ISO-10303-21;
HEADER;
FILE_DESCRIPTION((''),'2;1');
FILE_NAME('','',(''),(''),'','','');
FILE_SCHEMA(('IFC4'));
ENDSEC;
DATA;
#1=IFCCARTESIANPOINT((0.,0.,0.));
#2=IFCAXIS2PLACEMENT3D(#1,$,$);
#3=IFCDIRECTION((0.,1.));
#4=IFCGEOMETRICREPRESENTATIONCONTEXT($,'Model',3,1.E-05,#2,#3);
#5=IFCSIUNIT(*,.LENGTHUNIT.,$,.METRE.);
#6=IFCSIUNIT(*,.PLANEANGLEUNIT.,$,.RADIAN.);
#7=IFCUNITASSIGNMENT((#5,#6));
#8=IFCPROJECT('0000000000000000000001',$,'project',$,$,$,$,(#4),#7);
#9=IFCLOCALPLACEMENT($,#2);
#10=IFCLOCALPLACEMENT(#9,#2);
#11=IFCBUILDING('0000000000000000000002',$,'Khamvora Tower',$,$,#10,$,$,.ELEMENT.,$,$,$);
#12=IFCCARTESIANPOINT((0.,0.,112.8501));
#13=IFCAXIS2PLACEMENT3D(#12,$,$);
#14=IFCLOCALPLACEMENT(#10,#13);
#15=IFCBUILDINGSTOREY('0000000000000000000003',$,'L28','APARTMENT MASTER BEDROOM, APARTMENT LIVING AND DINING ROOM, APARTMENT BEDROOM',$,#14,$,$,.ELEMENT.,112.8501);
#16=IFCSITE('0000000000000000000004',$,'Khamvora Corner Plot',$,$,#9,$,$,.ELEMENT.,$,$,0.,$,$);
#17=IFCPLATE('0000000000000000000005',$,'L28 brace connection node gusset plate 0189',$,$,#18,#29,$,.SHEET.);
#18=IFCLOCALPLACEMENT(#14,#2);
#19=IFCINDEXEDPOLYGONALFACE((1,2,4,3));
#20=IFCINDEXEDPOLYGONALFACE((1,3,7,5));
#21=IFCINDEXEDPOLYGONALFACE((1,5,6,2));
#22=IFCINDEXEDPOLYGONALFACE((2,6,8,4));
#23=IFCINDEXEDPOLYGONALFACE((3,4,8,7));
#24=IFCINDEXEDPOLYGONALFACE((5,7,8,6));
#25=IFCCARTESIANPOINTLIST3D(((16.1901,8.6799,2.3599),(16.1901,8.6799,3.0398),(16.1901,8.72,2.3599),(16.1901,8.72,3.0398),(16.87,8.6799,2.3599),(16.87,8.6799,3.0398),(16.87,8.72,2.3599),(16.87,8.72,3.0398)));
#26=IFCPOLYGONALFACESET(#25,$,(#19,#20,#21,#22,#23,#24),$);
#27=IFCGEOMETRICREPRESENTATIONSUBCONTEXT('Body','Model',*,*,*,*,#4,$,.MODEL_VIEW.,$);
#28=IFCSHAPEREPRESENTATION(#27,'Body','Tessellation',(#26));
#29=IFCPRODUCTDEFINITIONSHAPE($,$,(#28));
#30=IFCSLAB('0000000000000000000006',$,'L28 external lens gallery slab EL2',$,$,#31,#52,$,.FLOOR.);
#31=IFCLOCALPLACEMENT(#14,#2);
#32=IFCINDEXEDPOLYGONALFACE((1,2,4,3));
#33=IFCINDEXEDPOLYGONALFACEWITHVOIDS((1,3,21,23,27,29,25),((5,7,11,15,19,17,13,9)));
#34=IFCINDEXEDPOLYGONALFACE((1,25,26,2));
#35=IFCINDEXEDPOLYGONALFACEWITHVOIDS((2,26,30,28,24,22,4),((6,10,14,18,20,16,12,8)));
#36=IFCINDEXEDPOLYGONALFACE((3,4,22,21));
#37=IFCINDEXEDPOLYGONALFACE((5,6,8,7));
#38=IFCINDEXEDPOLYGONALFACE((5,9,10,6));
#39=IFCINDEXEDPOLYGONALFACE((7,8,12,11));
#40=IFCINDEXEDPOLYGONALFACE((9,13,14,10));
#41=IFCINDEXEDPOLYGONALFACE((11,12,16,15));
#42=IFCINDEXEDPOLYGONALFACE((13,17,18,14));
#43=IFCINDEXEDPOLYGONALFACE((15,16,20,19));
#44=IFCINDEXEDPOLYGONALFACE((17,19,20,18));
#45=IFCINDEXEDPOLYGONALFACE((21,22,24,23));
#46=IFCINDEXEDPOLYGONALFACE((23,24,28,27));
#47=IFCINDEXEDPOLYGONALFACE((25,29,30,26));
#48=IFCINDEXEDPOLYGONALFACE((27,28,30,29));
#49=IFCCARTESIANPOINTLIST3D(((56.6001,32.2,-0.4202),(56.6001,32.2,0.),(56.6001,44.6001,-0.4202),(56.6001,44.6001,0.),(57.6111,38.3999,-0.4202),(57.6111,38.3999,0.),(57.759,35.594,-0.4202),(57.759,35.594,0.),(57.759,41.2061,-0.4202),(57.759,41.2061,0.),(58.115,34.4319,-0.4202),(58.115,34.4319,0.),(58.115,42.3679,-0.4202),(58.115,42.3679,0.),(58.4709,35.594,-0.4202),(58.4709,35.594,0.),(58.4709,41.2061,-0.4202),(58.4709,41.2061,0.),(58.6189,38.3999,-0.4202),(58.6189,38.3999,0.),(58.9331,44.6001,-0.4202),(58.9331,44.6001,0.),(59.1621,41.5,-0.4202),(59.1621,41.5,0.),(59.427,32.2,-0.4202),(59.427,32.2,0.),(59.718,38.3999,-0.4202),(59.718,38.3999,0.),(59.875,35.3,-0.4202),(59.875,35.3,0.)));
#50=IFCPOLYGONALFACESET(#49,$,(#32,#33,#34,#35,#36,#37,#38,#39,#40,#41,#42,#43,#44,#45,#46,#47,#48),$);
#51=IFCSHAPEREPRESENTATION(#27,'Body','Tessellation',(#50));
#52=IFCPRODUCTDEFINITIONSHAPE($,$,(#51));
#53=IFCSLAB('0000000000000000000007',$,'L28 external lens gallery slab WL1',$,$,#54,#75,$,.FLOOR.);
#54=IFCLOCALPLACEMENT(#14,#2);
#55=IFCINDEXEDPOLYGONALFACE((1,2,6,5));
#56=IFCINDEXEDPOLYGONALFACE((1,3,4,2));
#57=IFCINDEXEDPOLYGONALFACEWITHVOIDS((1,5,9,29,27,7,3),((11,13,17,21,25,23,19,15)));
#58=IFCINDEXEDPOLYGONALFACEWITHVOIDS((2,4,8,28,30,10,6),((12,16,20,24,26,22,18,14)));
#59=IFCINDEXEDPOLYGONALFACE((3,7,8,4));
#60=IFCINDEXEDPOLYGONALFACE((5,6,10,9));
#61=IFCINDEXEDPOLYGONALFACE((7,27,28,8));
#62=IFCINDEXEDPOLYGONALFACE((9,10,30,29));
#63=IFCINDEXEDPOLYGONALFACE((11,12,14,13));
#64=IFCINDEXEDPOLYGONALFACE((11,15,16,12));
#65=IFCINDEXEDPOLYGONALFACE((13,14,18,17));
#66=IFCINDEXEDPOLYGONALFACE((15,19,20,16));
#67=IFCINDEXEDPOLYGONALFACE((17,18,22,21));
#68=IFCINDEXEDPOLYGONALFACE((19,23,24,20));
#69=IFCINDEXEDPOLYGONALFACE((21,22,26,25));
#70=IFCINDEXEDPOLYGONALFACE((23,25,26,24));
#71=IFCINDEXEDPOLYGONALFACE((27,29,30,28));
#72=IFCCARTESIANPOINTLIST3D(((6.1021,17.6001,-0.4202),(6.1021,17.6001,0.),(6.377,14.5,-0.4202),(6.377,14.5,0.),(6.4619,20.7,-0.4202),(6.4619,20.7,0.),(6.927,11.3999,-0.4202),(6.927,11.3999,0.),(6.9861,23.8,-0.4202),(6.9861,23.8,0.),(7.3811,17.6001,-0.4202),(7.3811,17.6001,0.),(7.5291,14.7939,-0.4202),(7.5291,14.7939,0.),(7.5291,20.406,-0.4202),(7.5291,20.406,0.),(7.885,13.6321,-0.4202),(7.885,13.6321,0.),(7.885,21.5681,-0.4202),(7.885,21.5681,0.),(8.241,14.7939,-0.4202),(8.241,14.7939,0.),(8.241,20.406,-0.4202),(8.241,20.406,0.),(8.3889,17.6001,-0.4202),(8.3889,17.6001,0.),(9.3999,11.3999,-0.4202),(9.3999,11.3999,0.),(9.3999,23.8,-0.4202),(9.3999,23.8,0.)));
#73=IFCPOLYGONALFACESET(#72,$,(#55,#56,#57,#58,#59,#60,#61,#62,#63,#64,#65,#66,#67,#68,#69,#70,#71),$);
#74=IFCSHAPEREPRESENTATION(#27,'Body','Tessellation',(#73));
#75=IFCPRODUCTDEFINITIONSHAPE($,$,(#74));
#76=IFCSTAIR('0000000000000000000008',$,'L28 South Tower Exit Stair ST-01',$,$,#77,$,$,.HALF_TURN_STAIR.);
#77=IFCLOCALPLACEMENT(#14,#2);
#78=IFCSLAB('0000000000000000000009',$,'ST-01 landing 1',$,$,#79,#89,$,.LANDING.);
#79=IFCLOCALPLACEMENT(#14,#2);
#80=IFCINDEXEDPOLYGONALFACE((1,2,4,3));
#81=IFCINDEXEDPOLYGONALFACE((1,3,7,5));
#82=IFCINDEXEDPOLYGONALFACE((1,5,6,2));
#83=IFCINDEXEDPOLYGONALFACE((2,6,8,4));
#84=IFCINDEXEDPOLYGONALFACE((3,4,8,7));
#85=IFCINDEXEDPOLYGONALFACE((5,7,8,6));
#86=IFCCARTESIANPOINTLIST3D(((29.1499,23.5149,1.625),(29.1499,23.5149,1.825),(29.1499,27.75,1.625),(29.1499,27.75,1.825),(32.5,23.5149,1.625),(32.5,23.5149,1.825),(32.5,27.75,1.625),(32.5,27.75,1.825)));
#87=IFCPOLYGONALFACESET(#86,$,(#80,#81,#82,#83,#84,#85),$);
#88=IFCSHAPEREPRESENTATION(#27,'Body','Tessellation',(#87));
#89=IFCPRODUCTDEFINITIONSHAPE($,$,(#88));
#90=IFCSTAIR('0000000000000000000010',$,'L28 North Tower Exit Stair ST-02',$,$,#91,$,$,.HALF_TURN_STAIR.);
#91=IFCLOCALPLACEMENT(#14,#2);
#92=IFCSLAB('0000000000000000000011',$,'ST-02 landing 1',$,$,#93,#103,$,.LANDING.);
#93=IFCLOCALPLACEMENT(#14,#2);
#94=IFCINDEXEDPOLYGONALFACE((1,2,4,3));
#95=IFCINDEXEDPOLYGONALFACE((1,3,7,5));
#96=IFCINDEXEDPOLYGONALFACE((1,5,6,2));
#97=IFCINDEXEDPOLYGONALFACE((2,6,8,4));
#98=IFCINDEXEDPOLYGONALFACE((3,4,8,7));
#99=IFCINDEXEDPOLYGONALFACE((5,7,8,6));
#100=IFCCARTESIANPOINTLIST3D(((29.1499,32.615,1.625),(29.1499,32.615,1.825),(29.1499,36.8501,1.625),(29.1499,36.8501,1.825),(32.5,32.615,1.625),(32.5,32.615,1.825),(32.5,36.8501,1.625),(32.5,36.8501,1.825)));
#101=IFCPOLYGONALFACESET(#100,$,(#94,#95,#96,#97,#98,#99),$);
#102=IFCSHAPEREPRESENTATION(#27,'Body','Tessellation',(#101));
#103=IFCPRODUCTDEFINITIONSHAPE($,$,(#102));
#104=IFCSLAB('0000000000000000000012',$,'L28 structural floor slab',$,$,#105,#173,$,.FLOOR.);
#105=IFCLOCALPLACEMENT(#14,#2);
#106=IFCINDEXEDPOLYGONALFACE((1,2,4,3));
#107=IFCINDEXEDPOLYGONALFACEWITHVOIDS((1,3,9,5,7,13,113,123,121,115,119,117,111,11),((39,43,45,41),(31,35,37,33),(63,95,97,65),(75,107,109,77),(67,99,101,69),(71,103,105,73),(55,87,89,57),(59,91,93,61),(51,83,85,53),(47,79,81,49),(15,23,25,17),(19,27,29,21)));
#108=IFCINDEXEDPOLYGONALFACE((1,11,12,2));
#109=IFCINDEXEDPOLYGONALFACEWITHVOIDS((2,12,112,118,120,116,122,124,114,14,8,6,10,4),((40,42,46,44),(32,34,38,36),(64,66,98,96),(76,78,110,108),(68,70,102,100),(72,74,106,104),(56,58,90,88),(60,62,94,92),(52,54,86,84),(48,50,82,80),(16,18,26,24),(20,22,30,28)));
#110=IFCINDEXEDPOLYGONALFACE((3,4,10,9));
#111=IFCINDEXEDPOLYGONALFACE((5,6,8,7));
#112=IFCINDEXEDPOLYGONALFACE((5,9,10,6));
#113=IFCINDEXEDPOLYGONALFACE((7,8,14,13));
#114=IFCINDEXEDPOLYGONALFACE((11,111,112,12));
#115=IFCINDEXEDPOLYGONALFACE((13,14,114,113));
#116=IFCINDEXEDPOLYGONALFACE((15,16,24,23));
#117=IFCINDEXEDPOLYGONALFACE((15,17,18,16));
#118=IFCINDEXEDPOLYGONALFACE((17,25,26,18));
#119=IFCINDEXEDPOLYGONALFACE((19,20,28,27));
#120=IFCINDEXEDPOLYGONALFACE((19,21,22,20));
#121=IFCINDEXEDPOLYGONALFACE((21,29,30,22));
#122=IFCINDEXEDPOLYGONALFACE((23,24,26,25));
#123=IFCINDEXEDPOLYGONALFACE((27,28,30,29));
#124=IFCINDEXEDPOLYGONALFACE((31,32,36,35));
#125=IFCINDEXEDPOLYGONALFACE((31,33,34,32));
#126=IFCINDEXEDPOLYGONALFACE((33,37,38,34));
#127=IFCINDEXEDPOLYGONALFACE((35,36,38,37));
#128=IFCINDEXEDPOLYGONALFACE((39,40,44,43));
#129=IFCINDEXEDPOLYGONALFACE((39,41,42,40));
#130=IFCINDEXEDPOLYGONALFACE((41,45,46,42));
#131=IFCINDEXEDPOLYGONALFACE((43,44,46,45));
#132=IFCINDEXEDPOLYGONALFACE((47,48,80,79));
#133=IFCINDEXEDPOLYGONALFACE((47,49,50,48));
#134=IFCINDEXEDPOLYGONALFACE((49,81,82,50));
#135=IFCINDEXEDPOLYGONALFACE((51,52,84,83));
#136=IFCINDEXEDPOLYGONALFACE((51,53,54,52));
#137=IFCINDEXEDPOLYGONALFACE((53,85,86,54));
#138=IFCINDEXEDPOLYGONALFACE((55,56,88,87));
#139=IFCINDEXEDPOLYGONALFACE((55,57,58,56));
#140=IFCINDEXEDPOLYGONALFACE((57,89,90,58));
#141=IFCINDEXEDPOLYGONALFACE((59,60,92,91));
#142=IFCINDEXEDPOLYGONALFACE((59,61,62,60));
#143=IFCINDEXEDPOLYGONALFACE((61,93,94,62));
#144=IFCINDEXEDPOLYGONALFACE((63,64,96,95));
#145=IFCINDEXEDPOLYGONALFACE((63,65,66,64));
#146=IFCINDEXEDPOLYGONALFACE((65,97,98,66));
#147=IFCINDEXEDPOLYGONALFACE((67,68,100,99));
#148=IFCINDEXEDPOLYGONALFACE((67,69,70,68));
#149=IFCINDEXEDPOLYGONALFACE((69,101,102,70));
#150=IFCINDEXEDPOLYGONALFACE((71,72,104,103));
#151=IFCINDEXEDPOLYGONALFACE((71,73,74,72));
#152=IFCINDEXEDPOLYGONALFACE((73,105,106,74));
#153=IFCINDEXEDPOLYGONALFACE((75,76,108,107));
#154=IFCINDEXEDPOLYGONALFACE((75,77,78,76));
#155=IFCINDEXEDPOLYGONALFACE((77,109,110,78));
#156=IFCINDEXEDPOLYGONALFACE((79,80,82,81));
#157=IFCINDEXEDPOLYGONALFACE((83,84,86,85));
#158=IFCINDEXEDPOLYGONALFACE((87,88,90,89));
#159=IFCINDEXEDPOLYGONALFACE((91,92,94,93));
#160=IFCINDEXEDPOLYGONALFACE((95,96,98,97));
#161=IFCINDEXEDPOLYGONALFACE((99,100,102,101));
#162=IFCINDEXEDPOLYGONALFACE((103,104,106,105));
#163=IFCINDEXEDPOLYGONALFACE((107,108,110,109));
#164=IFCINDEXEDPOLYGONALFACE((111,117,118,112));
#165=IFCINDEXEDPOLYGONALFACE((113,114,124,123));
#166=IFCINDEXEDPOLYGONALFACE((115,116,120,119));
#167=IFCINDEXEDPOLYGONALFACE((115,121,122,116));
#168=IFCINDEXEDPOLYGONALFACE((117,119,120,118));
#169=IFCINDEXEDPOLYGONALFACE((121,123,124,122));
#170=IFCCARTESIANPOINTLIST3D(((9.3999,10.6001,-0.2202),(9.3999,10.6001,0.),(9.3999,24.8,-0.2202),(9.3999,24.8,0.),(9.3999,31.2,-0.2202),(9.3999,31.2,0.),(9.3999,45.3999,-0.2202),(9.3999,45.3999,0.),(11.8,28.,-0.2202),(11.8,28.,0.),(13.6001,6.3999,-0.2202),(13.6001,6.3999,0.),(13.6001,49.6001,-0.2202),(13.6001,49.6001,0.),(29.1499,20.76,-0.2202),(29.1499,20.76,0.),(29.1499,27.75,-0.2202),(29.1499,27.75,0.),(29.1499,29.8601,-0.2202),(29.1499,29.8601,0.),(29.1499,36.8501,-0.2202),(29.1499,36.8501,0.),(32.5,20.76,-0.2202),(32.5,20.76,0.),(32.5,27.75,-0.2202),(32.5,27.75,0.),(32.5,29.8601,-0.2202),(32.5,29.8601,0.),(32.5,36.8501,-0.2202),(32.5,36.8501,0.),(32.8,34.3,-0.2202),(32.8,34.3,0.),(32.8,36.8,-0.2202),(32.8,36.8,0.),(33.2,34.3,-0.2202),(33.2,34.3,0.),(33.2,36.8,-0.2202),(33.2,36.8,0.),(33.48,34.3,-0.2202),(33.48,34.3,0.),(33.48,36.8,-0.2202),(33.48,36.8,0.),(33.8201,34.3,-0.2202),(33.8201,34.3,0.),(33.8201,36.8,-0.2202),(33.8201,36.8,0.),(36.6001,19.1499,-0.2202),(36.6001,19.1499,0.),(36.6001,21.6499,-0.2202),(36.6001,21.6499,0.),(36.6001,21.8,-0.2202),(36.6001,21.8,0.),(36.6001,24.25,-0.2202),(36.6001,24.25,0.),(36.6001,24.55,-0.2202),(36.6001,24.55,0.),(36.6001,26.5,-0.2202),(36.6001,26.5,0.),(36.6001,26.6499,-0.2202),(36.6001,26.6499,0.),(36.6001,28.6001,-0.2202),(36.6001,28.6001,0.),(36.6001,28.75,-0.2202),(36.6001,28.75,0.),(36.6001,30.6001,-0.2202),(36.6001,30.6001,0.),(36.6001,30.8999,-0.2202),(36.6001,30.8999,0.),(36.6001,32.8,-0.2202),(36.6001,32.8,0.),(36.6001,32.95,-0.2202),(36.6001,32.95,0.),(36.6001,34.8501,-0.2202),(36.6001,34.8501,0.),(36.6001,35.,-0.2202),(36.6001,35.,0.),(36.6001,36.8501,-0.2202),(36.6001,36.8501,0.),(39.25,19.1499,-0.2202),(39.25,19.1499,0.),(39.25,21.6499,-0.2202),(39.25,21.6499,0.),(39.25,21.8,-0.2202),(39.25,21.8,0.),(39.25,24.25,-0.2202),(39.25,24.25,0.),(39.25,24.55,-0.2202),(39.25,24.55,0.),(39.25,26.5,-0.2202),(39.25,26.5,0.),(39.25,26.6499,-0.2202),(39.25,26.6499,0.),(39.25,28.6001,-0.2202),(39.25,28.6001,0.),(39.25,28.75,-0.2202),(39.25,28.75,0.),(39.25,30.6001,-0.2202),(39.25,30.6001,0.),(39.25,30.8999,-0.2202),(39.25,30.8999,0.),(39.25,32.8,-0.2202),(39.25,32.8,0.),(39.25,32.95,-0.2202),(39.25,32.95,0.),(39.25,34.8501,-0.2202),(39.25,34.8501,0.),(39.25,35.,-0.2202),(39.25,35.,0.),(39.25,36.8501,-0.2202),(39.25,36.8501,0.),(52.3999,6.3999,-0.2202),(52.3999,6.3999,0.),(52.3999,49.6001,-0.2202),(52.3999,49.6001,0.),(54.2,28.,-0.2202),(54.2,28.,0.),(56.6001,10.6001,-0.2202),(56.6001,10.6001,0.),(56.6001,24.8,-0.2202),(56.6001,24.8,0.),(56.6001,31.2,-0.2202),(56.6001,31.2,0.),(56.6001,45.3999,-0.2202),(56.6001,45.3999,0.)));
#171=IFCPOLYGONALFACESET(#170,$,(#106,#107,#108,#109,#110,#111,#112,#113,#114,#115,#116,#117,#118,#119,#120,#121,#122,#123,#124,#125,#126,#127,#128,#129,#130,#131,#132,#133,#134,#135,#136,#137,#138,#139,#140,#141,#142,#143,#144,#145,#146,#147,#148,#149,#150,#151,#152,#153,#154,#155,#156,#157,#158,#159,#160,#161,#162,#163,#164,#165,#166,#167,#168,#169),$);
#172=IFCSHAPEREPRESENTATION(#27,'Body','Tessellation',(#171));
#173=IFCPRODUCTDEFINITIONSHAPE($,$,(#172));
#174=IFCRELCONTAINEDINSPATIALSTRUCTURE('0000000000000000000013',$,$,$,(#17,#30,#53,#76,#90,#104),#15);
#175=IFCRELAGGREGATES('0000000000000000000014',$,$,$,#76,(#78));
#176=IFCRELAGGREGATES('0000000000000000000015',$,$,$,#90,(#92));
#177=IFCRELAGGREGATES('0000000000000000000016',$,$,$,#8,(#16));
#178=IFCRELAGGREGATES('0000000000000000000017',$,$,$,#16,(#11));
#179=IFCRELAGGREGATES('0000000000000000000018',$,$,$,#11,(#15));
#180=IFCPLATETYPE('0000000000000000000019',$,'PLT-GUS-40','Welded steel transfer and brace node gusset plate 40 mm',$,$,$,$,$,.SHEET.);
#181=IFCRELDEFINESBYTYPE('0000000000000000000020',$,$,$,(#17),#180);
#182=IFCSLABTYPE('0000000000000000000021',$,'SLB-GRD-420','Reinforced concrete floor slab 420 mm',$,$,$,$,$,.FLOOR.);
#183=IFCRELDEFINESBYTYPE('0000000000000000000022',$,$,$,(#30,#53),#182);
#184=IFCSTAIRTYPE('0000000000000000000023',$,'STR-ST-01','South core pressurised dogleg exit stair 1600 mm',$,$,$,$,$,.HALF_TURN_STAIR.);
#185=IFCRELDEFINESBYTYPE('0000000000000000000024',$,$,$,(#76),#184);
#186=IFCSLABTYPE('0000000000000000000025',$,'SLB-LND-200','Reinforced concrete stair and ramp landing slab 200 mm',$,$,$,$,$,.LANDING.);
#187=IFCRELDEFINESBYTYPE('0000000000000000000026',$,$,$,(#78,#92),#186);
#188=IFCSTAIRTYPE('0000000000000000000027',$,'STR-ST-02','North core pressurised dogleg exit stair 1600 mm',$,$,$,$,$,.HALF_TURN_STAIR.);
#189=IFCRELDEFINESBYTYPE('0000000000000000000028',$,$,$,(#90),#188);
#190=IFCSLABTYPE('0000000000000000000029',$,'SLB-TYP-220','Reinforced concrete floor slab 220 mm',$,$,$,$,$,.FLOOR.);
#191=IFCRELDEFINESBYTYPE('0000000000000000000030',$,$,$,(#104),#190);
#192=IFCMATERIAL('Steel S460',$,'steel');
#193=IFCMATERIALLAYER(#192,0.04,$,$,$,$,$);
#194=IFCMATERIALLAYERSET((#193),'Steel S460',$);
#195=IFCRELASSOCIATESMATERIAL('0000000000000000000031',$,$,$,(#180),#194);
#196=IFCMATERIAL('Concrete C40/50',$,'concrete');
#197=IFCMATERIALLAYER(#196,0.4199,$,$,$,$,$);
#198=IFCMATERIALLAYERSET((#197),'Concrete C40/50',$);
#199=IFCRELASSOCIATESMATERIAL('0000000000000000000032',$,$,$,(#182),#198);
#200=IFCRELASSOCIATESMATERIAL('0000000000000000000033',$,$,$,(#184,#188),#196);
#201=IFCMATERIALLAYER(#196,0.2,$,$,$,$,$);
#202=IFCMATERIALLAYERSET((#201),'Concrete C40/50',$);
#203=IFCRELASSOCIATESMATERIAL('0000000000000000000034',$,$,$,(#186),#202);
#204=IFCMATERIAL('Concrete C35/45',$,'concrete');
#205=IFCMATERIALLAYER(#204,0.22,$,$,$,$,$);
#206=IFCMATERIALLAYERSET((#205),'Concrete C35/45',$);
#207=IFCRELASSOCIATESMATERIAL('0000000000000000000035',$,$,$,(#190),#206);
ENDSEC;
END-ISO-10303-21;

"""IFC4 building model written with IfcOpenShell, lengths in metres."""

from ifc_helpers import new_model, si_unit, direction, frame, origin, origin_2d, place, context, subcontext, project, spatial, polyline, rectangle, outline, extrude, material, layer, layer_set, type_object, element, aggregate, save


model = new_model("IFC4")

# Units and contexts
model_context = context("Model", 3, precision=1e-05, world=origin(), true_north=direction((0.0, 1.0)))
body_context = subcontext(model_context, "Body", "Model", "MODEL_VIEW")
ifc_project = project(units=[si_unit("LENGTHUNIT", "METRE"), si_unit("PLANEANGLEUNIT", "RADIAN")], contexts=[model_context])

# Site, building, storey
site_placement = place(None, origin())
site = spatial("IfcSite", under=ifc_project, at=site_placement, Name="Khamvora Corner Plot", CompositionType="ELEMENT", RefElevation=0.0)
building_placement = place(site_placement, origin())
building = spatial("IfcBuilding", under=site, at=building_placement, Name="Khamvora Tower", CompositionType="ELEMENT")
storey_placement = place(building_placement, frame((0.0, 0.0, 112.8501)))
storey = spatial("IfcBuildingStorey", under=building, at=storey_placement, Name="L28", Description="APARTMENT MASTER BEDROOM, APARTMENT LIVING AND DINING ROOM, APARTMENT BEDROOM", CompositionType="ELEMENT", Elevation=112.8501)

# Plate
ifc_material_1 = material(Name="Steel S460", Category="steel")
ifc_layer_1 = layer(ifc_material_1, 0.04)
ifc_layer_set_1 = layer_set([ifc_layer_1], Name="Steel S460")
plate_type_1 = type_object("IfcPlateType", Name="PLT-GUS-40", Description="Welded steel transfer and brace node gusset plate 40 mm", PredefinedType="SHEET", material=ifc_layer_set_1)
plate_1_placement = place(storey_placement, frame((16.53, 8.7, 2.3599), z_axis=(0.0, 0.0, 1.0), x_axis=(1.0, 0.0, 0.0)))
element("IfcPlate", 1, at=plate_1_placement, inside=storey, type_object=plate_type_1, Name="L28 brace connection node gusset plate 0189", PredefinedType="SHEET", context=body_context, shape_type="SweptSolid", body=[
    extrude(rectangle(XDim=0.6799, YDim=0.04, at=origin_2d()), origin(), (0.0, 0.0, 1.0), 0.6799),
])

# Slabs
ifc_material_2 = material(Name="Concrete C40/50", Category="concrete")
ifc_layer_2 = layer(ifc_material_2, 0.4199)
ifc_layer_set_2 = layer_set([ifc_layer_2], Name="Concrete C40/50")
slab_type_1 = type_object("IfcSlabType", Name="SLB-GRD-420", Description="Reinforced concrete floor slab 420 mm", PredefinedType="FLOOR", material=ifc_layer_set_2)
slab_1_placement = place(storey_placement, frame((0.0, 0.0, -0.4202)))
element("IfcSlab", 2, at=slab_1_placement, inside=storey, type_object=slab_type_1, Name="L28 external lens gallery slab EL2", PredefinedType="FLOOR", context=body_context, shape_type="SweptSolid", body=[
    extrude(outline(polyline([(59.427, 32.2), (59.875, 35.3), (59.718, 38.3999), (59.1621, 41.5), (58.9331, 44.6001), (56.6001, 44.6001), (56.6001, 32.2), (59.427, 32.2)]), holes=[polyline([(58.6189, 38.3999), (58.4709, 41.2061), (58.115, 42.3679), (57.759, 41.2061), (57.6111, 38.3999), (57.759, 35.594), (58.115, 34.4319), (58.4709, 35.594), (58.6189, 38.3999)])]), origin(), (0.0, 0.0, 1.0), 0.4202),
])
slab_2_placement = place(storey_placement, frame((0.0, 0.0, -0.4202)))
element("IfcSlab", 3, at=slab_2_placement, inside=storey, type_object=slab_type_1, Name="L28 external lens gallery slab WL1", PredefinedType="FLOOR", context=body_context, shape_type="SweptSolid", body=[
    extrude(outline(polyline([(9.3999, 11.3999), (9.3999, 23.8), (6.9861, 23.8), (6.4619, 20.7), (6.1021, 17.6001), (6.377, 14.5), (6.927, 11.3999), (9.3999, 11.3999)]), holes=[polyline([(8.3889, 17.6001), (8.241, 20.406), (7.885, 21.5681), (7.5291, 20.406), (7.3811, 17.6001), (7.5291, 14.7939), (7.885, 13.6321), (8.241, 14.7939), (8.3889, 17.6001)])]), origin(), (0.0, 0.0, 1.0), 0.4202),
])

# Stairs, slabs
stair_type_1 = type_object("IfcStairType", Name="STR-ST-01", Description="South core pressurised dogleg exit stair 1600 mm", PredefinedType="HALF_TURN_STAIR", material=ifc_material_2)
stair_1_placement = place(storey_placement, origin())
stair_1 = element("IfcStair", 4, at=stair_1_placement, inside=storey, type_object=stair_type_1, Name="L28 South Tower Exit Stair ST-01", PredefinedType="HALF_TURN_STAIR")
ifc_layer_3 = layer(ifc_material_2, 0.2)
ifc_layer_set_3 = layer_set([ifc_layer_3], Name="Concrete C40/50")
slab_type_2 = type_object("IfcSlabType", Name="SLB-LND-200", Description="Reinforced concrete stair and ramp landing slab 200 mm", PredefinedType="LANDING", material=ifc_layer_set_3)
slab_3_placement = place(storey_placement, frame((0.0, 0.0, 1.625)))
slab_3 = element("IfcSlab", 5, at=slab_3_placement, type_object=slab_type_2, Name="ST-01 landing 1", PredefinedType="LANDING", context=body_context, shape_type="SweptSolid", body=[
    extrude(outline(polyline([(32.5, 23.5149), (32.5, 27.75), (29.1499, 27.75), (29.1499, 23.5149), (32.5, 23.5149)])), origin(), (0.0, 0.0, 1.0), 0.2),
])
aggregate(stair_1, [slab_3])
stair_type_2 = type_object("IfcStairType", Name="STR-ST-02", Description="North core pressurised dogleg exit stair 1600 mm", PredefinedType="HALF_TURN_STAIR", material=ifc_material_2)
stair_2_placement = place(storey_placement, origin())
stair_2 = element("IfcStair", 6, at=stair_2_placement, inside=storey, type_object=stair_type_2, Name="L28 North Tower Exit Stair ST-02", PredefinedType="HALF_TURN_STAIR")
slab_4_placement = place(storey_placement, frame((0.0, 0.0, 1.625)))
slab_4 = element("IfcSlab", 7, at=slab_4_placement, type_object=slab_type_2, Name="ST-02 landing 1", PredefinedType="LANDING", context=body_context, shape_type="SweptSolid", body=[
    extrude(outline(polyline([(32.5, 32.615), (32.5, 36.8501), (29.1499, 36.8501), (29.1499, 32.615), (32.5, 32.615)])), origin(), (0.0, 0.0, 1.0), 0.2),
])
aggregate(stair_2, [slab_4])

# Slab
ifc_material_3 = material(Name="Concrete C35/45", Category="concrete")
ifc_layer_4 = layer(ifc_material_3, 0.22)
ifc_layer_set_4 = layer_set([ifc_layer_4], Name="Concrete C35/45")
slab_type_3 = type_object("IfcSlabType", Name="SLB-TYP-220", Description="Reinforced concrete floor slab 220 mm", PredefinedType="FLOOR", material=ifc_layer_set_4)
slab_5_placement = place(storey_placement, frame((0.0, 0.0, -0.2202)))
element("IfcSlab", 8, at=slab_5_placement, inside=storey, type_object=slab_type_3, Name="L28 structural floor slab", PredefinedType="FLOOR", context=body_context, shape_type="SweptSolid", body=[
    extrude(outline(polyline([(13.6001, 6.3999), (52.3999, 6.3999), (56.6001, 10.6001), (56.6001, 24.8), (54.2, 28.0), (56.6001, 31.2), (56.6001, 45.3999), (52.3999, 49.6001), (13.6001, 49.6001), (9.3999, 45.3999), (9.3999, 31.2), (11.8, 28.0), (9.3999, 24.8), (9.3999, 10.6001), (13.6001, 6.3999)]), holes=[polyline([(32.5, 20.76), (32.5, 27.75), (29.1499, 27.75), (29.1499, 20.76), (32.5, 20.76)]), polyline([(32.5, 29.8601), (32.5, 36.8501), (29.1499, 36.8501), (29.1499, 29.8601), (32.5, 29.8601)]), polyline([(36.6001, 19.1499), (39.25, 19.1499), (39.25, 21.6499), (36.6001, 21.6499), (36.6001, 19.1499)]), polyline([(36.6001, 21.8), (39.25, 21.8), (39.25, 24.25), (36.6001, 24.25), (36.6001, 21.8)]), polyline([(36.6001, 24.55), (39.25, 24.55), (39.25, 26.5), (36.6001, 26.5), (36.6001, 24.55)]), polyline([(36.6001, 26.6499), (39.25, 26.6499), (39.25, 28.6001), (36.6001, 28.6001), (36.6001, 26.6499)]), polyline([(36.6001, 28.75), (39.25, 28.75), (39.25, 30.6001), (36.6001, 30.6001), (36.6001, 28.75)]), polyline([(36.6001, 30.8999), (39.25, 30.8999), (39.25, 32.8), (36.6001, 32.8), (36.6001, 30.8999)]), polyline([(36.6001, 32.95), (39.25, 32.95), (39.25, 34.8501), (36.6001, 34.8501), (36.6001, 32.95)]), polyline([(36.6001, 35.0), (39.25, 35.0), (39.25, 36.8501), (36.6001, 36.8501), (36.6001, 35.0)]), polyline([(32.8, 34.3), (33.2, 34.3), (33.2, 36.8), (32.8, 36.8), (32.8, 34.3)]), polyline([(33.48, 34.3), (33.8201, 34.3), (33.8201, 36.8), (33.48, 36.8), (33.48, 34.3)])]), origin(), (0.0, 0.0, 1.0), 0.2202),
])

save(model, "model.ifc")
